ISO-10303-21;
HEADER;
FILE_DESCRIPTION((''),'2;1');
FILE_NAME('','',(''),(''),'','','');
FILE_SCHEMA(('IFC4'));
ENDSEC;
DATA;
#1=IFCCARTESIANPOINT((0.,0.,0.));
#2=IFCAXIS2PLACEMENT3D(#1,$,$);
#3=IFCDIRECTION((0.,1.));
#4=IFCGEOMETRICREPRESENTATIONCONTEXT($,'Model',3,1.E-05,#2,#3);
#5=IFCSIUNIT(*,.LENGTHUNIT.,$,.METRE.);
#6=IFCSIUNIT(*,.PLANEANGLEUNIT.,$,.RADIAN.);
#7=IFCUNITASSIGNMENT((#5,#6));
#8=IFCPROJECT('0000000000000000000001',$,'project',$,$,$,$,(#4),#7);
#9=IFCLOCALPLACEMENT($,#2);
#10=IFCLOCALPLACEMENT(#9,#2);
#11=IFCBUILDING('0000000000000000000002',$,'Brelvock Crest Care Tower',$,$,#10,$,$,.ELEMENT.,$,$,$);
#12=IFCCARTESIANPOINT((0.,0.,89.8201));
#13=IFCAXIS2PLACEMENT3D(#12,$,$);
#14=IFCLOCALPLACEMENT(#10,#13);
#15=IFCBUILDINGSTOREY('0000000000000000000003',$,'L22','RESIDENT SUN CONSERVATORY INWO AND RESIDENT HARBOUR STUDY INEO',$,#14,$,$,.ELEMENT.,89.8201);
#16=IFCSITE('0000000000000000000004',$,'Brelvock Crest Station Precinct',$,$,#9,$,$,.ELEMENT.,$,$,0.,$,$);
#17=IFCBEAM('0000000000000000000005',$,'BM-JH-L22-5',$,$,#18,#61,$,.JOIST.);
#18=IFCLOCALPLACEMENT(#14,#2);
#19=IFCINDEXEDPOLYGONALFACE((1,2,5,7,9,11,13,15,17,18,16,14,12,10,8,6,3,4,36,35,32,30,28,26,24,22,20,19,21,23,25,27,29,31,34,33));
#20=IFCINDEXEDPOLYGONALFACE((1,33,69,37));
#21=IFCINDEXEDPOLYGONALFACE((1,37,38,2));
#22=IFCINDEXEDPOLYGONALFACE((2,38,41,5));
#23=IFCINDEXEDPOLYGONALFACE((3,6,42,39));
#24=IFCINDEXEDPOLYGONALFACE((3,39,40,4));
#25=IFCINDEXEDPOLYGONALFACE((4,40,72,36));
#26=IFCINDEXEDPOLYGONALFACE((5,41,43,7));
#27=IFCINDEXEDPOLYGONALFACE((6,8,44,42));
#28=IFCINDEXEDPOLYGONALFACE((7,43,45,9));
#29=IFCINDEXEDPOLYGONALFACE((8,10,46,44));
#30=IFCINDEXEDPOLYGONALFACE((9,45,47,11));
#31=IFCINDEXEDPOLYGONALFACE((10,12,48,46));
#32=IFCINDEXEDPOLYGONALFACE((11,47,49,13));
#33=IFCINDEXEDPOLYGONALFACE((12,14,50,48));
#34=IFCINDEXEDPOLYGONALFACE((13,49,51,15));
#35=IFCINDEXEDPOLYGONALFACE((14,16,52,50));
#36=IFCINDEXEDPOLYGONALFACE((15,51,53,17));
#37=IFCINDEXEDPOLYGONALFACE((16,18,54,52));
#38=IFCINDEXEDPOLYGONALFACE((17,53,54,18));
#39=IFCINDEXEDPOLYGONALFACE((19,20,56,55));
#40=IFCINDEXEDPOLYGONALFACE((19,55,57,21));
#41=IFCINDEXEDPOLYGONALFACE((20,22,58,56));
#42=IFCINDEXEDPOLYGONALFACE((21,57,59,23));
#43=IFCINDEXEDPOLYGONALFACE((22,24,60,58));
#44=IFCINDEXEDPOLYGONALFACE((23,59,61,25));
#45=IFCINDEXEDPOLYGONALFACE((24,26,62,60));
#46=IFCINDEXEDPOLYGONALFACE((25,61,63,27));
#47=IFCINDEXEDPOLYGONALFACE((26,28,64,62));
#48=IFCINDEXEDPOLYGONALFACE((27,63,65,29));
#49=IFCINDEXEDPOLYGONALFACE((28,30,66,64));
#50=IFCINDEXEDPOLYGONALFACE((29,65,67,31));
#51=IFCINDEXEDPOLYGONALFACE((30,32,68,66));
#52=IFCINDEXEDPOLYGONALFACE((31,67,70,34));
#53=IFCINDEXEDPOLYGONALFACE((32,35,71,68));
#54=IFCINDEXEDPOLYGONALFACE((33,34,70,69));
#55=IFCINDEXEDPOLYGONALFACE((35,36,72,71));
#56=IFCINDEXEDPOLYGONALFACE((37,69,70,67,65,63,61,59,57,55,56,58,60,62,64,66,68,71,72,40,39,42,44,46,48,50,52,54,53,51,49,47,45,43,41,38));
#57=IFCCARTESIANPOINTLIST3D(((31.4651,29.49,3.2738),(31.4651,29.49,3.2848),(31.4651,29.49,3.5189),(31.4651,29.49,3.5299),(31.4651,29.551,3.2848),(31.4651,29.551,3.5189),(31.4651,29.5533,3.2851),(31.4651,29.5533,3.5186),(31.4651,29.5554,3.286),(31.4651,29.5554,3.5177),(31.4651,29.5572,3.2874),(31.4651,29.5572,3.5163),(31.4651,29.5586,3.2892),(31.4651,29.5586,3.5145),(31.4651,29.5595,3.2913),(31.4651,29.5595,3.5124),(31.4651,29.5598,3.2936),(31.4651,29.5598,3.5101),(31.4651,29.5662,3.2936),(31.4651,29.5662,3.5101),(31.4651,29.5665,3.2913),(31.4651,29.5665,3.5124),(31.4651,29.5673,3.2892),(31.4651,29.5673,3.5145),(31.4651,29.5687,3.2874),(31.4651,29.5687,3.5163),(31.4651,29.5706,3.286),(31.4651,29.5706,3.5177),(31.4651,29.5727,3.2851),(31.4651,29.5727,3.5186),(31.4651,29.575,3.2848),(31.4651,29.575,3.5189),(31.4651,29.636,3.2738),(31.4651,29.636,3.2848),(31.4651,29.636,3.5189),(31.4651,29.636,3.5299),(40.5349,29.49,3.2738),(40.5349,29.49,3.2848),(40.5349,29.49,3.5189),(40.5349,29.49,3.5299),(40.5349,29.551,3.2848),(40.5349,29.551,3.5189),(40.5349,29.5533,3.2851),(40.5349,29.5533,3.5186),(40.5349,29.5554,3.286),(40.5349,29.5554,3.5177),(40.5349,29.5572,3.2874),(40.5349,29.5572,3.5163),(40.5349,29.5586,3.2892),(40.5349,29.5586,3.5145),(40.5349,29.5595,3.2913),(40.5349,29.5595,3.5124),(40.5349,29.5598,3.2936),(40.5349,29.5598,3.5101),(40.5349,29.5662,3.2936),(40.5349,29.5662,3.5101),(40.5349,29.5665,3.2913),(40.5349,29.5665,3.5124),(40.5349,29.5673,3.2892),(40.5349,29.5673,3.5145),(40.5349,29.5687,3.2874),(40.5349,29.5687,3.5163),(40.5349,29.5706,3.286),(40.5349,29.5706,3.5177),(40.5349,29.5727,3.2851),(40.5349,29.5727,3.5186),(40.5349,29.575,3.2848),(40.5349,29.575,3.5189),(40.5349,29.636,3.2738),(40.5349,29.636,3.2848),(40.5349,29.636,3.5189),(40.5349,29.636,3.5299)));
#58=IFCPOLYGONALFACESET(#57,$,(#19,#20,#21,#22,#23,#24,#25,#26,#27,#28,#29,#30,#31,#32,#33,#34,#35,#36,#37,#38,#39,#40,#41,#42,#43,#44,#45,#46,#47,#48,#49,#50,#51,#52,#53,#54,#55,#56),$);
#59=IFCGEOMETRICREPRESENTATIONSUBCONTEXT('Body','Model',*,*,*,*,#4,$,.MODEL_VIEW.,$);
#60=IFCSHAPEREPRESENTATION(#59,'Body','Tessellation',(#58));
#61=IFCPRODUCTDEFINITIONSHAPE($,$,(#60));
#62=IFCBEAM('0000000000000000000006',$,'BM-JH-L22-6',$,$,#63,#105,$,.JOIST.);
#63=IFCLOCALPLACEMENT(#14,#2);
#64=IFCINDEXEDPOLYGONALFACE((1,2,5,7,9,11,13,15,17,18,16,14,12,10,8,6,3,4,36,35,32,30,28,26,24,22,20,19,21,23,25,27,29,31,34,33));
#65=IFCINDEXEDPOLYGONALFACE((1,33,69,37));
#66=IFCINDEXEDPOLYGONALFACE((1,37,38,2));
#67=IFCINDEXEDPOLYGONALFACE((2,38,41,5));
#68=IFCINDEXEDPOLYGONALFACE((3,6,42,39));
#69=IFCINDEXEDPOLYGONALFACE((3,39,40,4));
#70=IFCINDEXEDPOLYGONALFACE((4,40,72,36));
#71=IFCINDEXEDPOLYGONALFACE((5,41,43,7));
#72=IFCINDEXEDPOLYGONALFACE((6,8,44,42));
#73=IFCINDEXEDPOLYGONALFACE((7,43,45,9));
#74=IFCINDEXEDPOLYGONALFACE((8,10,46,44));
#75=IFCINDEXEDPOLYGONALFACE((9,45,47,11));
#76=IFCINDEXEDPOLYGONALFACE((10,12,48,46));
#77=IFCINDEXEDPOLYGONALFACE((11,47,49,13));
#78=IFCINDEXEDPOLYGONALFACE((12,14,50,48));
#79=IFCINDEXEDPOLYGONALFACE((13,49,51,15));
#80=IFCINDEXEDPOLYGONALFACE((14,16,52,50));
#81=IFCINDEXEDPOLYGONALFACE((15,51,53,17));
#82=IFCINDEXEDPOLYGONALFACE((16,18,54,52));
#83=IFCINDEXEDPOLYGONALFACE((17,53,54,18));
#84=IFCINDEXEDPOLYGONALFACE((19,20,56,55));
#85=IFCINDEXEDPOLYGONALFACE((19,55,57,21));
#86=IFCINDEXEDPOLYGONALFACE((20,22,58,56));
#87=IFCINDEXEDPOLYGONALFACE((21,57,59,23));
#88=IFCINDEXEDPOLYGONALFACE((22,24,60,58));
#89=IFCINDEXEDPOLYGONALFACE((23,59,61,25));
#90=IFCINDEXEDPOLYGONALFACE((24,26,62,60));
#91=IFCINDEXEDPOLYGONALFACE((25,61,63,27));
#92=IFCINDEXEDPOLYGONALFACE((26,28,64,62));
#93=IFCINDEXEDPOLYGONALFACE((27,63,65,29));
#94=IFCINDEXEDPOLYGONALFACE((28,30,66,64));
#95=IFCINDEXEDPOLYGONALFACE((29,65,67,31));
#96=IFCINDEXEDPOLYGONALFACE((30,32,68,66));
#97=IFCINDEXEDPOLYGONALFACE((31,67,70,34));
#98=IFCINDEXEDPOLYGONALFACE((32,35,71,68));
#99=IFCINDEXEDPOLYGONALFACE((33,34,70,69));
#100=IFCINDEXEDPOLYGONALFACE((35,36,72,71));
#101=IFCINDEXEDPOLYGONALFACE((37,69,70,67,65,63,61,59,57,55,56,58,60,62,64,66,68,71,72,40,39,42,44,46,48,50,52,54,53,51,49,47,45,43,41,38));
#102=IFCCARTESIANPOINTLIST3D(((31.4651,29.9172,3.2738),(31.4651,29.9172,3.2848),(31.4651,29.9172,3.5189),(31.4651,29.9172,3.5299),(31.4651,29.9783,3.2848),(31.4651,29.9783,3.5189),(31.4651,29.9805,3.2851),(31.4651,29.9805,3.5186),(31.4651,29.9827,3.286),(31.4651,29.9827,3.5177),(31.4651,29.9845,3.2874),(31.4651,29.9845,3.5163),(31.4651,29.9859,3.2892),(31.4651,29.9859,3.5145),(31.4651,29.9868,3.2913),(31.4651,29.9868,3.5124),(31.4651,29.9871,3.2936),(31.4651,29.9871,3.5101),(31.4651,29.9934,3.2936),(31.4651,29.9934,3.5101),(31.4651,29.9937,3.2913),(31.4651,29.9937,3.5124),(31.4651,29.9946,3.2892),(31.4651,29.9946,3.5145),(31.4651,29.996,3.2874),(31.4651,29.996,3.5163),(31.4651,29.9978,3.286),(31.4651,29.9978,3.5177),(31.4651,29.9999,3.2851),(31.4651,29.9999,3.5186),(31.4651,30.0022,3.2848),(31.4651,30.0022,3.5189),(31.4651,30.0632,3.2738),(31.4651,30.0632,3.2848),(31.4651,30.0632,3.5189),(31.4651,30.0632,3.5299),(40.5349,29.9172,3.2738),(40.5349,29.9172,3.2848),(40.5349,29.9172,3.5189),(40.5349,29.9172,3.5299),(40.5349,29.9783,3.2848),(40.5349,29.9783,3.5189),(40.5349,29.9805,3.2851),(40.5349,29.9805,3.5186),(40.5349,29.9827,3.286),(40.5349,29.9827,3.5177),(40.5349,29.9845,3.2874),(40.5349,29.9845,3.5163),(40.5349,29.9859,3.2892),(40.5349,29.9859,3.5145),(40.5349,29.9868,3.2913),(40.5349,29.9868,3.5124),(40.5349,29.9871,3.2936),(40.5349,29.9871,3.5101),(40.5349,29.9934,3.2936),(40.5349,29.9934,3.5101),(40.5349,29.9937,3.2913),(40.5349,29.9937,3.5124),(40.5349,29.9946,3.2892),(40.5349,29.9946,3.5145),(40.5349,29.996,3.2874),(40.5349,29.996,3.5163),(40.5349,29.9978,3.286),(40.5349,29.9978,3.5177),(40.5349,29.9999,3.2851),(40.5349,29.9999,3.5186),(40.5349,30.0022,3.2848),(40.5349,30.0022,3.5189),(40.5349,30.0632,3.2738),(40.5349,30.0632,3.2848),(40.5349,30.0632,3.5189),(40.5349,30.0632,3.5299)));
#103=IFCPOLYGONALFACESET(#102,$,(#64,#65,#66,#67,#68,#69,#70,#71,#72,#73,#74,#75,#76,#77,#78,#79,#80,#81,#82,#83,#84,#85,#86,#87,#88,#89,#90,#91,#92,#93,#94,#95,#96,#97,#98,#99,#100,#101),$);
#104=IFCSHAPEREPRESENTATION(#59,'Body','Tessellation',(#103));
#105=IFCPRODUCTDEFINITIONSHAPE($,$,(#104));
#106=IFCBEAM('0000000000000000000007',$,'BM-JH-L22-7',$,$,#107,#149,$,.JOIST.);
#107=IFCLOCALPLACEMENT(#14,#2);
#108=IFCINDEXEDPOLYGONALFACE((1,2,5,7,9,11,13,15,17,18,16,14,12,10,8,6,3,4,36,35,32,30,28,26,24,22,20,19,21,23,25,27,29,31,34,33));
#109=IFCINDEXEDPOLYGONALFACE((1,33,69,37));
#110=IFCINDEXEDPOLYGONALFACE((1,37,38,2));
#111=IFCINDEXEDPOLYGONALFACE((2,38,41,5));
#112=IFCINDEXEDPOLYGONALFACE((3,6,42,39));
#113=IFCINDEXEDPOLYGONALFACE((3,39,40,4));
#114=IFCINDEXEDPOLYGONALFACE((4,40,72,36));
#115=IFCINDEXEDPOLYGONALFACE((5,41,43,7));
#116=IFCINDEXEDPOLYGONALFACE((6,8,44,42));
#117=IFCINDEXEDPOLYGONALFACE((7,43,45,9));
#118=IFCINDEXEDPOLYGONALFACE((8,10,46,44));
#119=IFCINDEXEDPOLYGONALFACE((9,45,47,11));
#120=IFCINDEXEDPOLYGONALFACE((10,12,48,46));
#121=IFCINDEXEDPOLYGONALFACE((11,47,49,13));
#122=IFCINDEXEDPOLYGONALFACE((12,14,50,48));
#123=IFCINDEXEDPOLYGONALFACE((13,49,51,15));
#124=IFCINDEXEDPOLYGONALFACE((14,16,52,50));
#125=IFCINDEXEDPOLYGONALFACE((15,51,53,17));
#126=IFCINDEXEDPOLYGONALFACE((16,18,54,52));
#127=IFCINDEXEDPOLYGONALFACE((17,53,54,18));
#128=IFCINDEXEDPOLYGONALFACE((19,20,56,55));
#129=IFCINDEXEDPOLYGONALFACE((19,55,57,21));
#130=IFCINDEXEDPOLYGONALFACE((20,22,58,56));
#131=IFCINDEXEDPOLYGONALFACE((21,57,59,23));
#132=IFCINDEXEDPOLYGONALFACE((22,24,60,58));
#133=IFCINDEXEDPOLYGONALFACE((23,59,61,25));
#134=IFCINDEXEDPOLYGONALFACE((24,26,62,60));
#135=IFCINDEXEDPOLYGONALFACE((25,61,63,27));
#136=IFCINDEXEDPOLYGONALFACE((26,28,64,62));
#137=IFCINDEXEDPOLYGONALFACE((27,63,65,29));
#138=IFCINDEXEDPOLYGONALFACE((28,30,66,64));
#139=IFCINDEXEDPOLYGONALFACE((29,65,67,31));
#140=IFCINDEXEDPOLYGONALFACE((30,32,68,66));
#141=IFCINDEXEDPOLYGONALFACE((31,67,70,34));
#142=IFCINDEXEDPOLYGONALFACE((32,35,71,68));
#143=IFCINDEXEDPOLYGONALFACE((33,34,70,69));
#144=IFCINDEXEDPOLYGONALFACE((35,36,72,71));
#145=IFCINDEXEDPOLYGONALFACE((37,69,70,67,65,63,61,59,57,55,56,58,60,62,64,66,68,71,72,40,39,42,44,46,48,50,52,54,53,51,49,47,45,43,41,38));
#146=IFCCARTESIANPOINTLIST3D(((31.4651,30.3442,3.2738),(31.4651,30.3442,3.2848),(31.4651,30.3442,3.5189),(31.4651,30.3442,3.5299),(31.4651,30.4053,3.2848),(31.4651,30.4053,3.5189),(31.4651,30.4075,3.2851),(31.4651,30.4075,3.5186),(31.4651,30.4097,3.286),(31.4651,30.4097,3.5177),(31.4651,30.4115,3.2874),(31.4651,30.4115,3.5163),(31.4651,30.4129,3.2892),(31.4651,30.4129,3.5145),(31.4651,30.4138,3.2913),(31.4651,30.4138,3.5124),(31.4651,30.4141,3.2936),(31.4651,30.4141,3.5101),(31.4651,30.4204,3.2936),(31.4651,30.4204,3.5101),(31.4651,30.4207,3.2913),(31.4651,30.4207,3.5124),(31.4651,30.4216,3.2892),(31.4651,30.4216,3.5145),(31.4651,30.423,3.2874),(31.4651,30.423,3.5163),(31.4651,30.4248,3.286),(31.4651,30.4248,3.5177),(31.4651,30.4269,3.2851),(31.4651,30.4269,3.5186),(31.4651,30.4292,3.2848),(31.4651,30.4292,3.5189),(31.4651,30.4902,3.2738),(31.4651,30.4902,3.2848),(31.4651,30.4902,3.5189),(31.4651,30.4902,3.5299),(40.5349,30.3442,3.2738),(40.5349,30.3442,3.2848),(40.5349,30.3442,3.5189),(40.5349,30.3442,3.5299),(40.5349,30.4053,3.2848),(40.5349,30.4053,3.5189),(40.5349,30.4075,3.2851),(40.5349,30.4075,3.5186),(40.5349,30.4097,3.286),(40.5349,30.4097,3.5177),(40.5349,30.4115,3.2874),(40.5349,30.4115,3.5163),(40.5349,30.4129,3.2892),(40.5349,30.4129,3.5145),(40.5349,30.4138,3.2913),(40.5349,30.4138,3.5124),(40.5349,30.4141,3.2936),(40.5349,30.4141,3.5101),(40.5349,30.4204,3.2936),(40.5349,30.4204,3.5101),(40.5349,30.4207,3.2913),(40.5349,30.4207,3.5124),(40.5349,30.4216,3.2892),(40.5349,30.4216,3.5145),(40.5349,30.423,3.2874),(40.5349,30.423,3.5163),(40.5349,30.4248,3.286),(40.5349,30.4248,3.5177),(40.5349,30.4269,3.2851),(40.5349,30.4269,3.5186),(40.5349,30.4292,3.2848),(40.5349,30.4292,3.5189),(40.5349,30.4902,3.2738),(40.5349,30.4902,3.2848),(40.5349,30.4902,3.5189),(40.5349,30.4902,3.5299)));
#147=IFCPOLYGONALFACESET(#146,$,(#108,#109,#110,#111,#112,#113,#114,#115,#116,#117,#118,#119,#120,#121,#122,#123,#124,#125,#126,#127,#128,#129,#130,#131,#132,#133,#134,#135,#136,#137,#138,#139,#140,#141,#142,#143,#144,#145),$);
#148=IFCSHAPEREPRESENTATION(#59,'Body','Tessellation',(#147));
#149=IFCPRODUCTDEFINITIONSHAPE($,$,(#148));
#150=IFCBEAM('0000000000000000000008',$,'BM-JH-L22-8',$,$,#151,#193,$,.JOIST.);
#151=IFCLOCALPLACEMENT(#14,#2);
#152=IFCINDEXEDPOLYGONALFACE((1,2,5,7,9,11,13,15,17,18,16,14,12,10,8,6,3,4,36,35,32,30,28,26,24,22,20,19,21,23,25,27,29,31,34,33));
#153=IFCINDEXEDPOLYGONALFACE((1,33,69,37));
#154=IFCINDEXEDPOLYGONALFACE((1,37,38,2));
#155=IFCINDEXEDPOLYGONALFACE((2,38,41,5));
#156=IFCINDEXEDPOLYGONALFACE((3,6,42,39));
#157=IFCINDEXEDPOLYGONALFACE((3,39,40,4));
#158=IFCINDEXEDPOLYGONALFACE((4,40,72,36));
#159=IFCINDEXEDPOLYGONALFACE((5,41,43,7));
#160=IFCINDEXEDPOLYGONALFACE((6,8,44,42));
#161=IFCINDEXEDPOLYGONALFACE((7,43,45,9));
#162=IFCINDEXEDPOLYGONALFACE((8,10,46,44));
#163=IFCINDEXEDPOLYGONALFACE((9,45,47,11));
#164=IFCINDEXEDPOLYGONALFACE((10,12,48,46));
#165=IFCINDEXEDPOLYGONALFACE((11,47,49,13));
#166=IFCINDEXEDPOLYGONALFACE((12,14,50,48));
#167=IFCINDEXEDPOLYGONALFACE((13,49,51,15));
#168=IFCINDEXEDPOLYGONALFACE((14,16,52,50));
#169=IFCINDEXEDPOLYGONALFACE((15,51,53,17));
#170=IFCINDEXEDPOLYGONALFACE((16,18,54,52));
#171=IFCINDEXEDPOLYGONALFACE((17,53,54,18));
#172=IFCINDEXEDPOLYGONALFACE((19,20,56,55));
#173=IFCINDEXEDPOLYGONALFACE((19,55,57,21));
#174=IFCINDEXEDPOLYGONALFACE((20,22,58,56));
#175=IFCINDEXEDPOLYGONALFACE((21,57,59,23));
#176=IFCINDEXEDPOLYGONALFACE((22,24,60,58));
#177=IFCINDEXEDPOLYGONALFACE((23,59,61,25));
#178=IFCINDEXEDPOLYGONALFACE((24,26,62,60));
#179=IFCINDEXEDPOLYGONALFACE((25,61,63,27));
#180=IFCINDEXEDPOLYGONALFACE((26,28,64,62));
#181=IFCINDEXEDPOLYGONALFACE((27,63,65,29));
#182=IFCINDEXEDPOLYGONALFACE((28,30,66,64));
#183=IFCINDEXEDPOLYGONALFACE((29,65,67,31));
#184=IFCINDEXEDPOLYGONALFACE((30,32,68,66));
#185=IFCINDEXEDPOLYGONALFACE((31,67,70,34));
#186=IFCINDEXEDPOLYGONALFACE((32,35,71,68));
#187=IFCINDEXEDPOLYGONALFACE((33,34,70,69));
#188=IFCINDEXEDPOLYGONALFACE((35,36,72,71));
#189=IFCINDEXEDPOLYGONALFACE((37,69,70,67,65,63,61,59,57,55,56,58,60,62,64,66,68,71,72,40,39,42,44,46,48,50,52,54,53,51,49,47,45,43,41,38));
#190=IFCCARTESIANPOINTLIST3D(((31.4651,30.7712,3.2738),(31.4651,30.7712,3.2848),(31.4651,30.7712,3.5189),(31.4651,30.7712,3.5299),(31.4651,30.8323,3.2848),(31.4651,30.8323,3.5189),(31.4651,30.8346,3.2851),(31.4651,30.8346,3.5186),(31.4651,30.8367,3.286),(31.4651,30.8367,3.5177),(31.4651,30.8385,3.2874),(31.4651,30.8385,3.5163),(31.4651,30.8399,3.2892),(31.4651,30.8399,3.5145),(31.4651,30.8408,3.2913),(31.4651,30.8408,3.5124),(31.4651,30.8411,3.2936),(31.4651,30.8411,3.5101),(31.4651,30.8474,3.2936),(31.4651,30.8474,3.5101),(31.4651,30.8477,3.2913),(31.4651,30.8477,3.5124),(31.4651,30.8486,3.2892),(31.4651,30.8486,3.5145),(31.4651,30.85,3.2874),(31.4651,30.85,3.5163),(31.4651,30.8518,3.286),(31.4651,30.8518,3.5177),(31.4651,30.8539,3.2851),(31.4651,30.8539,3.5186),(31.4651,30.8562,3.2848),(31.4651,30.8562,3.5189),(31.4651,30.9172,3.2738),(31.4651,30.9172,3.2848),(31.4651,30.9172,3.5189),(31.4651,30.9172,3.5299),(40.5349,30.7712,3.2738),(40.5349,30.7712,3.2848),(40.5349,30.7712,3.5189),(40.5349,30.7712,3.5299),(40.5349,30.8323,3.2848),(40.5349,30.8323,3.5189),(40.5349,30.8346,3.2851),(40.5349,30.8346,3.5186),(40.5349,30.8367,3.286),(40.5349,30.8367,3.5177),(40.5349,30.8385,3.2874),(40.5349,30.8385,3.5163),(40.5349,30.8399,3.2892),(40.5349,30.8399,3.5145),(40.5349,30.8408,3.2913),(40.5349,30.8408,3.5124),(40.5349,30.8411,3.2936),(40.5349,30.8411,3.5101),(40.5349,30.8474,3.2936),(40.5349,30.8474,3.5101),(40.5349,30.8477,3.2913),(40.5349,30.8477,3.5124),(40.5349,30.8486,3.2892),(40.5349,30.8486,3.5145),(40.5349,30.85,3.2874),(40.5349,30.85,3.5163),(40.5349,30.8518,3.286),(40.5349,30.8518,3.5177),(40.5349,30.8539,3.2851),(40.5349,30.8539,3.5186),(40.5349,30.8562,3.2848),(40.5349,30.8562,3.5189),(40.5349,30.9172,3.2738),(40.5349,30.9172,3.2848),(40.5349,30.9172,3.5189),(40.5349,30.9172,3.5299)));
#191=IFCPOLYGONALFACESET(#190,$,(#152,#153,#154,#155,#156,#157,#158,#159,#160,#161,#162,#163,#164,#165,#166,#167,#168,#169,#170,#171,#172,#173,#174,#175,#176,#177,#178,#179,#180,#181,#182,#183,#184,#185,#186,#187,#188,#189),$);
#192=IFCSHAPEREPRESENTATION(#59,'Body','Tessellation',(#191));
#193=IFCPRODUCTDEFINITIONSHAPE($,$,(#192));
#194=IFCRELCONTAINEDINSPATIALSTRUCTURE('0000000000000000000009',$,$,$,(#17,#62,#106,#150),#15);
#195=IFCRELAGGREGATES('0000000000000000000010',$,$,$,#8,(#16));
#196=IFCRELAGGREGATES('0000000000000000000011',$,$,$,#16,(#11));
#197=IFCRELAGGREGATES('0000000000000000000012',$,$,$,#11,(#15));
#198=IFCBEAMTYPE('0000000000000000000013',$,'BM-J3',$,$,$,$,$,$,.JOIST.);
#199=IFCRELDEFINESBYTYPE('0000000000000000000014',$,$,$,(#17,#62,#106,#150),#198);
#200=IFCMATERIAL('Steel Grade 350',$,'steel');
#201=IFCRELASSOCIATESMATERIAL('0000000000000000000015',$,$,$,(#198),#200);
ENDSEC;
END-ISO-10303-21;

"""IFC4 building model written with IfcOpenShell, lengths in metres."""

from ifc_helpers import new_model, si_unit, direction, frame, origin, origin_2d, place, context, subcontext, project, spatial, i_section, extrude, source, transform, mapped, material, material_profile, profile_set, type_object, element, save


model = new_model("IFC4")

# Units and contexts
model_context = context("Model", 3, precision=1e-05, world=origin(), true_north=direction((0.0, 1.0)))
body_context = subcontext(model_context, "Body", "Model", "MODEL_VIEW")
ifc_project = project(units=[si_unit("LENGTHUNIT", "METRE"), si_unit("PLANEANGLEUNIT", "RADIAN")], contexts=[model_context])

# Site, building, storey
site_placement = place(None, origin())
site = spatial("IfcSite", under=ifc_project, at=site_placement, Name="Brelvock Crest Station Precinct", CompositionType="ELEMENT", RefElevation=0.0)
building_placement = place(site_placement, origin())
building = spatial("IfcBuilding", under=site, at=building_placement, Name="Brelvock Crest Care Tower", CompositionType="ELEMENT")
storey_placement = place(building_placement, frame((0.0, 0.0, 89.8201)))
storey = spatial("IfcBuildingStorey", under=building, at=storey_placement, Name="L22", Description="RESIDENT SUN CONSERVATORY INWO AND RESIDENT HARBOUR STUDY INEO", CompositionType="ELEMENT", Elevation=89.8201)

# Shared definitions
ifc_material_1 = material(Name="Steel Grade 350", Category="steel")

# Beams
ifc_material_profile_1 = material_profile(ifc_material_1, i_section(OverallWidth=0.146, OverallDepth=0.2561, WebThickness=0.0063, FlangeThickness=0.011, FilletRadius=0.0088, at=origin_2d()), Name="250UB37.3")
ifc_profile_set_1 = profile_set([ifc_material_profile_1], Name="Steel Grade 350")
beam_type_1 = type_object("IfcBeamType", Name="BM-J3", PredefinedType="JOIST", material=ifc_profile_set_1)
shared_shape_1 = source(origin(), body_context, "Body", "SweptSolid", [
    extrude(i_section(OverallWidth=0.146, OverallDepth=0.2561, WebThickness=0.0063, FlangeThickness=0.011, FilletRadius=0.0088, at=origin_2d()), origin(), (0.0, 0.0, 1.0), 9.0698),
])
for number, where, z_axis, x_axis, name in (
    (1, (31.4651, 29.563, 3.4019), (1.0, 0.0, 0.0), (0.0, 1.0, 0.0), "BM-JH-L22-5"),
    (2, (31.4651, 29.9902, 3.4019), (1.0, 0.0, 0.0), (0.0, 1.0, 0.0), "BM-JH-L22-6"),
    (3, (31.4651, 30.4172, 3.4019), (1.0, 0.0, 0.0), (0.0, 1.0, 0.0), "BM-JH-L22-7"),
    (4, (31.4651, 30.8442, 3.4019), (1.0, 0.0, 0.0), (0.0, 1.0, 0.0), "BM-JH-L22-8"),
):
    element("IfcBeam", number, at=place(storey_placement, frame(where, z_axis=z_axis, x_axis=x_axis)), inside=storey, type_object=beam_type_1, Name=name, PredefinedType="JOIST", context=body_context, shape_type="MappedRepresentation", body=[
        mapped(shared_shape_1, transform((0.0, 0.0, 0.0), x_axis=(1.0, 0.0, 0.0), y_axis=(0.0, 1.0, 0.0), z_axis=(0.0, 0.0, 1.0), scale=1.0)),
    ])

save(model, "model.ifc")
